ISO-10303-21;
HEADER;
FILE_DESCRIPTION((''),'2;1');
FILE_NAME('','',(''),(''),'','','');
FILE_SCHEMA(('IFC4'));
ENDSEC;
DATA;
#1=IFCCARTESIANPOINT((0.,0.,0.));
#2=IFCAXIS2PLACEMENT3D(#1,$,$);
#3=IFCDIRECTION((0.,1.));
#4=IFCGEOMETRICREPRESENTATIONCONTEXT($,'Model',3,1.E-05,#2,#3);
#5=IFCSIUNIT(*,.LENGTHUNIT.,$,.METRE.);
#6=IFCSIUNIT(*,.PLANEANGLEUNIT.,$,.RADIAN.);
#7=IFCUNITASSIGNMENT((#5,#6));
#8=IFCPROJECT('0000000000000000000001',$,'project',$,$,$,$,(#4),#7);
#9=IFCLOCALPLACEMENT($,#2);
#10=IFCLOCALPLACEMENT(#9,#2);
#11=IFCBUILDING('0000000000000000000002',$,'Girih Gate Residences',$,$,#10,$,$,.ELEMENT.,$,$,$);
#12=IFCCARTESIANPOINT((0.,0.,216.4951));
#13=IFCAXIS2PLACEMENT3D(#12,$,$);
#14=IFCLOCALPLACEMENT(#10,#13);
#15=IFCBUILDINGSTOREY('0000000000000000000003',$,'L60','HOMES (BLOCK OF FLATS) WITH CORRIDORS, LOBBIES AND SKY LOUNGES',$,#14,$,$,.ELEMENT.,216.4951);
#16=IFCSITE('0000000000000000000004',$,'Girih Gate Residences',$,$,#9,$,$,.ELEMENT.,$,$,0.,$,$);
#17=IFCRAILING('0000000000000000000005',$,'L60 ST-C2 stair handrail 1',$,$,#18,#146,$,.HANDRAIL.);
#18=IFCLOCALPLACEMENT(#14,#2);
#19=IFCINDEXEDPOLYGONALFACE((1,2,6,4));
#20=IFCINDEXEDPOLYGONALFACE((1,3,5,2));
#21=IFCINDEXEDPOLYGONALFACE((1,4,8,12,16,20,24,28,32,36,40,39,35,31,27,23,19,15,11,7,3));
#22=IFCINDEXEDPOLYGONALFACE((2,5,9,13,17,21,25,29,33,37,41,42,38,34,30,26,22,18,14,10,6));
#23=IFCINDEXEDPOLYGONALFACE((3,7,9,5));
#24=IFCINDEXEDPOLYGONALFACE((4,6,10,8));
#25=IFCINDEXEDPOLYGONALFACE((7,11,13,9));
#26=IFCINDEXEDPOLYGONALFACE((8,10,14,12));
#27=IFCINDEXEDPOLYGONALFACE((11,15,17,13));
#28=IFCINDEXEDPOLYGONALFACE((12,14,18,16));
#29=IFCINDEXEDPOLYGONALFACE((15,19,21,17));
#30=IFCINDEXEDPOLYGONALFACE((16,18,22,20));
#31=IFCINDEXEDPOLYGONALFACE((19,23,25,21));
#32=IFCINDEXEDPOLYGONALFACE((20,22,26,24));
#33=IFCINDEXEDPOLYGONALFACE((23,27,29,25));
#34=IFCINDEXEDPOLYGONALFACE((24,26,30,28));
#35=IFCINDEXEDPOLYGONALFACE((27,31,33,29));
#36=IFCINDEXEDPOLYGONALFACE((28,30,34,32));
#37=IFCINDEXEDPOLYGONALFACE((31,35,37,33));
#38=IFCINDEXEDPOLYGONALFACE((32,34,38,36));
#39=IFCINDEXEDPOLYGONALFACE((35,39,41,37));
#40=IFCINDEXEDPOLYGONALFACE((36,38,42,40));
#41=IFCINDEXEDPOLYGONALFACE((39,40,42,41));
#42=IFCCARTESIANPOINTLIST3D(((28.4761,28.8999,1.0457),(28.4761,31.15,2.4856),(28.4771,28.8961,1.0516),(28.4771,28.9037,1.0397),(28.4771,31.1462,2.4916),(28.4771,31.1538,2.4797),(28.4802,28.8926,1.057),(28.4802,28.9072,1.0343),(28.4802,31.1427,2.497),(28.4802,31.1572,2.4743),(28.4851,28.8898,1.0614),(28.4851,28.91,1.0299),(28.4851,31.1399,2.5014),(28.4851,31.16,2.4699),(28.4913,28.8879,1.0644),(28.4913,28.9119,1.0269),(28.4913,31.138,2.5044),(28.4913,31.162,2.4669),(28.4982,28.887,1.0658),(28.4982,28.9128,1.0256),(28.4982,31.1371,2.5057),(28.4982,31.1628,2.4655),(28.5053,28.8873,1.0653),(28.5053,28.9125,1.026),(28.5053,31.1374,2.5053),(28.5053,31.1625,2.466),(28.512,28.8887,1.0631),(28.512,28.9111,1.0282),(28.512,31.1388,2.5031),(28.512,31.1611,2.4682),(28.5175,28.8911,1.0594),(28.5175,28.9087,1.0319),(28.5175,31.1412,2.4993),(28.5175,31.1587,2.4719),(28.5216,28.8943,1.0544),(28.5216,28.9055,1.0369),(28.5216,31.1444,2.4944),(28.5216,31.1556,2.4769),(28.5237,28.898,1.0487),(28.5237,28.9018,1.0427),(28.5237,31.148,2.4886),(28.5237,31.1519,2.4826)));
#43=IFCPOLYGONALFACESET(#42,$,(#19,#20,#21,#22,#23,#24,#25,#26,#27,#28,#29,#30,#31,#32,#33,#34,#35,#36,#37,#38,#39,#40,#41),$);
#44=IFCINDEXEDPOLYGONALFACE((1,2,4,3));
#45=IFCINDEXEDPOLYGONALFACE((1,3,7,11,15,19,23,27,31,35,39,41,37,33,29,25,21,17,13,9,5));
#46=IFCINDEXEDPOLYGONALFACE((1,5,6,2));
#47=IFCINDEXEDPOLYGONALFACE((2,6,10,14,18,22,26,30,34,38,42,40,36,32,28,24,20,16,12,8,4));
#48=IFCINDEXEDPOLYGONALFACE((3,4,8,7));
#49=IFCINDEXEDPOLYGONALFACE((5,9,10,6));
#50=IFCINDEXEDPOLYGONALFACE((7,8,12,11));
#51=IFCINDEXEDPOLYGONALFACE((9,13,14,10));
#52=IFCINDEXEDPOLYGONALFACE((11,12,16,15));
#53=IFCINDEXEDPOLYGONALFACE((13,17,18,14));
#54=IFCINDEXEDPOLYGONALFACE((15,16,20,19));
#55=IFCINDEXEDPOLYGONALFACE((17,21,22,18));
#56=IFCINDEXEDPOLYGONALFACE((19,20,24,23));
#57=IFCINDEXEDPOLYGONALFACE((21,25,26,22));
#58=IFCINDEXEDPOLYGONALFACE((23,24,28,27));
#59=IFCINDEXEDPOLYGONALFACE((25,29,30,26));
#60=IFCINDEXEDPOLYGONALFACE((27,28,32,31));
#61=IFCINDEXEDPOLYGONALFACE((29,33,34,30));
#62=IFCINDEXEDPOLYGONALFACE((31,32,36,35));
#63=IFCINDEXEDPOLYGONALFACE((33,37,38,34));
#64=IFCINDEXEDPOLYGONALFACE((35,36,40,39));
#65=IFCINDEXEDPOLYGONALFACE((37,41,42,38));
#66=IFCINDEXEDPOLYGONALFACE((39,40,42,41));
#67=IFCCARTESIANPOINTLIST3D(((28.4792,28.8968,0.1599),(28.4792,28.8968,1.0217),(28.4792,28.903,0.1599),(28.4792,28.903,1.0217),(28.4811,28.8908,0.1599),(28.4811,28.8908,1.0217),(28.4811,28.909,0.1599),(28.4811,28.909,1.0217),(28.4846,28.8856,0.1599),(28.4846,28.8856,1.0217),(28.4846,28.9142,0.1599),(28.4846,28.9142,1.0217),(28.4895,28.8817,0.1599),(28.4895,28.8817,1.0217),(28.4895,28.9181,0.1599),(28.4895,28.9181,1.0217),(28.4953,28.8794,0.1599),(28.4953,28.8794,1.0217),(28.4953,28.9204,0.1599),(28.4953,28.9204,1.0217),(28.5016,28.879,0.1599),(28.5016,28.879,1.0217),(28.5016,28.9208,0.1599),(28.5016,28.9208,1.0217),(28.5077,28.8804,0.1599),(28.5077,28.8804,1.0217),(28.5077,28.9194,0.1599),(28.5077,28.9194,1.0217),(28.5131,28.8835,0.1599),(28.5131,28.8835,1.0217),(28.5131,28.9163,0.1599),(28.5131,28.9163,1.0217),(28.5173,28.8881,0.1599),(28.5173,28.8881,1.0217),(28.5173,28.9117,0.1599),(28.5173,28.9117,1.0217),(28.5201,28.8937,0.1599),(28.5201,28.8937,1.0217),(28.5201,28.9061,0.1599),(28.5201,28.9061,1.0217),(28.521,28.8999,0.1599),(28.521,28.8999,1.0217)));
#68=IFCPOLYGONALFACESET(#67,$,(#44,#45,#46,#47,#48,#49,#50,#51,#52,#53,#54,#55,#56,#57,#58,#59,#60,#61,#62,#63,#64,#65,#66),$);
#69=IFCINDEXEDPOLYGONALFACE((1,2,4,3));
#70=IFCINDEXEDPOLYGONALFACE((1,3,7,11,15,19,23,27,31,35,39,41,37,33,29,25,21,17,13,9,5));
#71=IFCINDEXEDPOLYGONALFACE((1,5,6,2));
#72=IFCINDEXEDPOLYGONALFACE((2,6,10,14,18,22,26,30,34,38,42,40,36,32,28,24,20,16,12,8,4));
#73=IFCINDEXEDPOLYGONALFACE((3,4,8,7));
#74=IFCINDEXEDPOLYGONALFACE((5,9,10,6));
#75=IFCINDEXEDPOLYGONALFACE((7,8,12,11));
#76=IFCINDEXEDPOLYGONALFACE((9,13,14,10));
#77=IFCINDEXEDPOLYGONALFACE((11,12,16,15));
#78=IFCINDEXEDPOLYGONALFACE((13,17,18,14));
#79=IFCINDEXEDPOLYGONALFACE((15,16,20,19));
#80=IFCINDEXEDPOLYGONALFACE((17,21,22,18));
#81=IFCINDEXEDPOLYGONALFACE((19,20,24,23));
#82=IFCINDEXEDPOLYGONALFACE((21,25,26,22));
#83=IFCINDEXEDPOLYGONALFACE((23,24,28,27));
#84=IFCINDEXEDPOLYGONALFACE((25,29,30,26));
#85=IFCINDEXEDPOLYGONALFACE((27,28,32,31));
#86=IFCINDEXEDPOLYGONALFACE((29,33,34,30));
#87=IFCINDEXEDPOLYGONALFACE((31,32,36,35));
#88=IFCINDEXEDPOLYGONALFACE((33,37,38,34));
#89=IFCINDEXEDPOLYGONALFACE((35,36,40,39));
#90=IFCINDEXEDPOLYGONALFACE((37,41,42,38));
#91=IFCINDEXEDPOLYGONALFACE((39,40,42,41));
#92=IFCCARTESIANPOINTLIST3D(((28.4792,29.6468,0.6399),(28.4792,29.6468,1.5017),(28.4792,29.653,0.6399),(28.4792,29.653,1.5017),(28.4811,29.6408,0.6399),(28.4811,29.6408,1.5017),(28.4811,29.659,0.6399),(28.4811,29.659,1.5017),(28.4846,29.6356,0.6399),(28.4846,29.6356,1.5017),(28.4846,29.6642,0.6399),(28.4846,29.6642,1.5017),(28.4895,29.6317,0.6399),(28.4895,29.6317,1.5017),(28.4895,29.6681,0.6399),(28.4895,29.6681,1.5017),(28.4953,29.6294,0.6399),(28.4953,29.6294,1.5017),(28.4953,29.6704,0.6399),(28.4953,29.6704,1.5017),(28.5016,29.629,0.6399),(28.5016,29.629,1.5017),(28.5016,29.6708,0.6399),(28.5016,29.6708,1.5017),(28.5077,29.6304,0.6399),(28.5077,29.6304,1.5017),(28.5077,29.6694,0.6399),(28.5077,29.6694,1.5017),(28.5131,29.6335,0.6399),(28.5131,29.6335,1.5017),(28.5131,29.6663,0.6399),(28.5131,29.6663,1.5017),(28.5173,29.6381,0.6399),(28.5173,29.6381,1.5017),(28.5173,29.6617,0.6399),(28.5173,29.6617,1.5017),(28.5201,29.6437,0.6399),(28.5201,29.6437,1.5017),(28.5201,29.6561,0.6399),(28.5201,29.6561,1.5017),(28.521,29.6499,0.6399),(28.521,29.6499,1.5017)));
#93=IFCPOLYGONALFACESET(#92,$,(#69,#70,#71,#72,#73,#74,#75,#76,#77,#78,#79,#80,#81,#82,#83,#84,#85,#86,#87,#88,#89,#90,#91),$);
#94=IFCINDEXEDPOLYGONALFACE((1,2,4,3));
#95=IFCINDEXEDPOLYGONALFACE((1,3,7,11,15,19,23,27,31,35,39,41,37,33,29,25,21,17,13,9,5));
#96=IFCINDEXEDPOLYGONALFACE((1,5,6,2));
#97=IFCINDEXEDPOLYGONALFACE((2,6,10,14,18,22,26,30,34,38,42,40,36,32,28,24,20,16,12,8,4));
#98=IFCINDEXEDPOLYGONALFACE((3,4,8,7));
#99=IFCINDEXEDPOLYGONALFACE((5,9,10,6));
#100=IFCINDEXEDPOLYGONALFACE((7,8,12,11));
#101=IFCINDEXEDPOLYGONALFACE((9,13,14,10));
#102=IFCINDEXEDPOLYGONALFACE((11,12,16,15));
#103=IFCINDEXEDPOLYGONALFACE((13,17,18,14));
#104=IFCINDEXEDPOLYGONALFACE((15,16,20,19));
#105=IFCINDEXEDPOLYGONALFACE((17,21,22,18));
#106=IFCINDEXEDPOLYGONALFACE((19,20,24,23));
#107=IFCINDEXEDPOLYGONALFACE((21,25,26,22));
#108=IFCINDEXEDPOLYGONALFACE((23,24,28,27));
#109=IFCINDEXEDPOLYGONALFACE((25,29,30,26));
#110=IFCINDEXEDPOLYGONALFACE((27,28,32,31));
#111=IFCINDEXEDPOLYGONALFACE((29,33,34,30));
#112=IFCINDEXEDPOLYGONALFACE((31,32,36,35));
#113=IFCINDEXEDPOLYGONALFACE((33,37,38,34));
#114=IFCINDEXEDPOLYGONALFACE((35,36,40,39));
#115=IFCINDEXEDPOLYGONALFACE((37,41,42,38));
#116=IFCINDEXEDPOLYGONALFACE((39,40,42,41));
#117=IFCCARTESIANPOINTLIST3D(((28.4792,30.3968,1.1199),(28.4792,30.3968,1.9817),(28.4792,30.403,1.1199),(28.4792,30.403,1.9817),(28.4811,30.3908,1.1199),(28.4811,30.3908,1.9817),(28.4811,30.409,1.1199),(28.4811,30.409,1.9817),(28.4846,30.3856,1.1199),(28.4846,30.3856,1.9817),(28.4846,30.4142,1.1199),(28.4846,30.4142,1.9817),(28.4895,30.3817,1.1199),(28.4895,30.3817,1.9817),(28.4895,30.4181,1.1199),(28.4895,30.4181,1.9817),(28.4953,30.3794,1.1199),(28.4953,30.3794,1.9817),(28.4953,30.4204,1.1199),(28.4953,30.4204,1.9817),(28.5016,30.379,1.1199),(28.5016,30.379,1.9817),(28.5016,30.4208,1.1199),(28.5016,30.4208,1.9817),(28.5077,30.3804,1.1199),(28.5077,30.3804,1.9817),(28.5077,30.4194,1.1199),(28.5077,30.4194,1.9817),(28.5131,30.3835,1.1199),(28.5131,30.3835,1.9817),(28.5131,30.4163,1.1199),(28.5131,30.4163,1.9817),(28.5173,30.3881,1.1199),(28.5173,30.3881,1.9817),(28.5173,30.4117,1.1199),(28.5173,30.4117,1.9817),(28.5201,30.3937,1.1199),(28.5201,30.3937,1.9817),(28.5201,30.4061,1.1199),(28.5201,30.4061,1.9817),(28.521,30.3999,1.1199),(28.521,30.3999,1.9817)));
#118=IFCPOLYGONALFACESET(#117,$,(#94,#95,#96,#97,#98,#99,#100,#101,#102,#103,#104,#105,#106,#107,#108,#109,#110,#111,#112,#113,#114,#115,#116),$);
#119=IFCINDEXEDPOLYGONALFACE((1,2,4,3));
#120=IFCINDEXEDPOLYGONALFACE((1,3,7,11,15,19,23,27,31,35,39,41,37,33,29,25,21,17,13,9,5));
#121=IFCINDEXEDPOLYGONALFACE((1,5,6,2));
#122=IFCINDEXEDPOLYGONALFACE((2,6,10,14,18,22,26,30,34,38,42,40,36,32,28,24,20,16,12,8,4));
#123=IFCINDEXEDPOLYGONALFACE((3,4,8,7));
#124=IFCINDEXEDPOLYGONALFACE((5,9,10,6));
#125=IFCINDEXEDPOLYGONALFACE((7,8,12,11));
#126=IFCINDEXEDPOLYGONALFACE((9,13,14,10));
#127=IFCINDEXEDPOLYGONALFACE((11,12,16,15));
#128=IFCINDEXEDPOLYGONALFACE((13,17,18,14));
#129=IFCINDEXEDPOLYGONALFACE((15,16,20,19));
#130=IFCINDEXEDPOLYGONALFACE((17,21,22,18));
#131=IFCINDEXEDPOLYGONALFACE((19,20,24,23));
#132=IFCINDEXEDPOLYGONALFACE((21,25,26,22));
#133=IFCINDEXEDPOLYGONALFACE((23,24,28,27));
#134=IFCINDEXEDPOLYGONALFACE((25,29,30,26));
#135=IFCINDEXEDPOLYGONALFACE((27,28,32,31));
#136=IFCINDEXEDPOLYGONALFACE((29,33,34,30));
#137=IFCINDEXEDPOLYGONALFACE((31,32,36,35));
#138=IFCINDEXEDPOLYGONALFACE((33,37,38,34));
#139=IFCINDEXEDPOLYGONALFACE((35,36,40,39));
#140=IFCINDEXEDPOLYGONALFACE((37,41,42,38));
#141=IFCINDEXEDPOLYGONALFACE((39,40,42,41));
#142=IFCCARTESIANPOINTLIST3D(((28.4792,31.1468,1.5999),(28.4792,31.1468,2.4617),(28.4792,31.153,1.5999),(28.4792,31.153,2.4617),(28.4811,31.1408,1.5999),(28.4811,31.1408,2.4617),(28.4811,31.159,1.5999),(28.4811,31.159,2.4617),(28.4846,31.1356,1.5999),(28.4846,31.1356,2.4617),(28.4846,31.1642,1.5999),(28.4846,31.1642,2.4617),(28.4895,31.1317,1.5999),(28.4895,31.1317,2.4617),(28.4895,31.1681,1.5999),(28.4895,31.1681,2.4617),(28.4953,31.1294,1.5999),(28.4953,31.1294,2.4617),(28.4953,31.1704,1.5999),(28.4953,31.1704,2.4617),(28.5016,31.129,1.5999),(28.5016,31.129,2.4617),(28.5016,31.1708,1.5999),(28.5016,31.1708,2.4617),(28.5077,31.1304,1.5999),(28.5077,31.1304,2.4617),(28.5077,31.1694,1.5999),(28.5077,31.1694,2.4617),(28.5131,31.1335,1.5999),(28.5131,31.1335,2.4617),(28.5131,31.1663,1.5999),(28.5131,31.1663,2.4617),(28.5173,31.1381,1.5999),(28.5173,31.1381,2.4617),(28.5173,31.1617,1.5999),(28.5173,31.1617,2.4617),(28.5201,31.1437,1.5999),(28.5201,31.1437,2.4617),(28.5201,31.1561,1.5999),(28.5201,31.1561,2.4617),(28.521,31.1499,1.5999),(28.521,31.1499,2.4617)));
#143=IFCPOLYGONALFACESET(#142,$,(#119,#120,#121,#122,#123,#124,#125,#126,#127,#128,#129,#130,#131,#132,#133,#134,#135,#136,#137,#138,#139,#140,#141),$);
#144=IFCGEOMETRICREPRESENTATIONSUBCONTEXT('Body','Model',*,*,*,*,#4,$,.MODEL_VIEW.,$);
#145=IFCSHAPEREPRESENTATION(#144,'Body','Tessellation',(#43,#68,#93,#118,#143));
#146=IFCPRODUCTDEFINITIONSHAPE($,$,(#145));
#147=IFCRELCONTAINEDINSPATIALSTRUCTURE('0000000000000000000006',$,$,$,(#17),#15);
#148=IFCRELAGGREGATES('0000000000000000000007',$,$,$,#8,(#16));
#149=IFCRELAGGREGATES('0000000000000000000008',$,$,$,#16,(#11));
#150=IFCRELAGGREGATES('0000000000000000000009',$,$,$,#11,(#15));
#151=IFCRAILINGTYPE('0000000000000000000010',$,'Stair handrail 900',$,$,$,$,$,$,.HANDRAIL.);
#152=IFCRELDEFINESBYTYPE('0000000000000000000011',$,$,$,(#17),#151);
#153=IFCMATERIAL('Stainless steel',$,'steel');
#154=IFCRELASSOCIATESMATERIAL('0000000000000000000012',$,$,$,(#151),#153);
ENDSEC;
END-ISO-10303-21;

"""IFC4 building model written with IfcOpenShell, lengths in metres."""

from ifc_helpers import new_model, si_unit, direction, frame, origin, origin_2d, place, context, subcontext, project, spatial, circle, extrude, material, type_object, element, save


model = new_model("IFC4")

# Units and contexts
model_context = context("Model", 3, precision=1e-05, world=origin(), true_north=direction((0.0, 1.0)))
body_context = subcontext(model_context, "Body", "Model", "MODEL_VIEW")
ifc_project = project(units=[si_unit("LENGTHUNIT", "METRE"), si_unit("PLANEANGLEUNIT", "RADIAN")], contexts=[model_context])

# Site, building, storey
site_placement = place(None, origin())
site = spatial("IfcSite", under=ifc_project, at=site_placement, Name="Girih Gate Residences", CompositionType="ELEMENT", RefElevation=0.0)
building_placement = place(site_placement, origin())
building = spatial("IfcBuilding", under=site, at=building_placement, Name="Girih Gate Residences", CompositionType="ELEMENT")
storey_placement = place(building_placement, frame((0.0, 0.0, 216.4951)))
storey = spatial("IfcBuildingStorey", under=building, at=storey_placement, Name="L60", Description="HOMES (BLOCK OF FLATS) WITH CORRIDORS, LOBBIES AND SKY LOUNGES", CompositionType="ELEMENT", Elevation=216.4951)

# Railing
ifc_material_1 = material(Name="Stainless steel", Category="steel")
railing_type_1 = type_object("IfcRailingType", Name="Stair handrail 900", PredefinedType="HANDRAIL", material=ifc_material_1)
railing_1_placement = place(storey_placement, frame((28.5, 28.8999, 0.1599)))
element("IfcRailing", 1, at=railing_1_placement, inside=storey, type_object=railing_type_1, Name="L60 ST-C2 stair handrail 1", PredefinedType="HANDRAIL", context=body_context, shape_type="SweptSolid", body=[
    extrude(circle(Radius=0.0239, at=origin_2d()), frame((0.0, 0.0, 0.8857), z_axis=(0.0, 0.842281, 0.539038), x_axis=(-1.0, 0.0, 0.0)), (0.0, 0.0, 1.0), 2.6714),
    extrude(circle(Radius=0.021, at=origin_2d()), origin(), (0.0, 0.0, 1.0), 0.8618),
    extrude(circle(Radius=0.021, at=origin_2d()), frame((0.0, 0.75, 0.48)), (0.0, 0.0, 1.0), 0.8618),
    extrude(circle(Radius=0.021, at=origin_2d()), frame((0.0, 1.5, 0.96)), (0.0, 0.0, 1.0), 0.8618),
    extrude(circle(Radius=0.021, at=origin_2d()), frame((0.0, 2.25, 1.4399)), (0.0, 0.0, 1.0), 0.8618),
])

save(model, "model.ifc")
